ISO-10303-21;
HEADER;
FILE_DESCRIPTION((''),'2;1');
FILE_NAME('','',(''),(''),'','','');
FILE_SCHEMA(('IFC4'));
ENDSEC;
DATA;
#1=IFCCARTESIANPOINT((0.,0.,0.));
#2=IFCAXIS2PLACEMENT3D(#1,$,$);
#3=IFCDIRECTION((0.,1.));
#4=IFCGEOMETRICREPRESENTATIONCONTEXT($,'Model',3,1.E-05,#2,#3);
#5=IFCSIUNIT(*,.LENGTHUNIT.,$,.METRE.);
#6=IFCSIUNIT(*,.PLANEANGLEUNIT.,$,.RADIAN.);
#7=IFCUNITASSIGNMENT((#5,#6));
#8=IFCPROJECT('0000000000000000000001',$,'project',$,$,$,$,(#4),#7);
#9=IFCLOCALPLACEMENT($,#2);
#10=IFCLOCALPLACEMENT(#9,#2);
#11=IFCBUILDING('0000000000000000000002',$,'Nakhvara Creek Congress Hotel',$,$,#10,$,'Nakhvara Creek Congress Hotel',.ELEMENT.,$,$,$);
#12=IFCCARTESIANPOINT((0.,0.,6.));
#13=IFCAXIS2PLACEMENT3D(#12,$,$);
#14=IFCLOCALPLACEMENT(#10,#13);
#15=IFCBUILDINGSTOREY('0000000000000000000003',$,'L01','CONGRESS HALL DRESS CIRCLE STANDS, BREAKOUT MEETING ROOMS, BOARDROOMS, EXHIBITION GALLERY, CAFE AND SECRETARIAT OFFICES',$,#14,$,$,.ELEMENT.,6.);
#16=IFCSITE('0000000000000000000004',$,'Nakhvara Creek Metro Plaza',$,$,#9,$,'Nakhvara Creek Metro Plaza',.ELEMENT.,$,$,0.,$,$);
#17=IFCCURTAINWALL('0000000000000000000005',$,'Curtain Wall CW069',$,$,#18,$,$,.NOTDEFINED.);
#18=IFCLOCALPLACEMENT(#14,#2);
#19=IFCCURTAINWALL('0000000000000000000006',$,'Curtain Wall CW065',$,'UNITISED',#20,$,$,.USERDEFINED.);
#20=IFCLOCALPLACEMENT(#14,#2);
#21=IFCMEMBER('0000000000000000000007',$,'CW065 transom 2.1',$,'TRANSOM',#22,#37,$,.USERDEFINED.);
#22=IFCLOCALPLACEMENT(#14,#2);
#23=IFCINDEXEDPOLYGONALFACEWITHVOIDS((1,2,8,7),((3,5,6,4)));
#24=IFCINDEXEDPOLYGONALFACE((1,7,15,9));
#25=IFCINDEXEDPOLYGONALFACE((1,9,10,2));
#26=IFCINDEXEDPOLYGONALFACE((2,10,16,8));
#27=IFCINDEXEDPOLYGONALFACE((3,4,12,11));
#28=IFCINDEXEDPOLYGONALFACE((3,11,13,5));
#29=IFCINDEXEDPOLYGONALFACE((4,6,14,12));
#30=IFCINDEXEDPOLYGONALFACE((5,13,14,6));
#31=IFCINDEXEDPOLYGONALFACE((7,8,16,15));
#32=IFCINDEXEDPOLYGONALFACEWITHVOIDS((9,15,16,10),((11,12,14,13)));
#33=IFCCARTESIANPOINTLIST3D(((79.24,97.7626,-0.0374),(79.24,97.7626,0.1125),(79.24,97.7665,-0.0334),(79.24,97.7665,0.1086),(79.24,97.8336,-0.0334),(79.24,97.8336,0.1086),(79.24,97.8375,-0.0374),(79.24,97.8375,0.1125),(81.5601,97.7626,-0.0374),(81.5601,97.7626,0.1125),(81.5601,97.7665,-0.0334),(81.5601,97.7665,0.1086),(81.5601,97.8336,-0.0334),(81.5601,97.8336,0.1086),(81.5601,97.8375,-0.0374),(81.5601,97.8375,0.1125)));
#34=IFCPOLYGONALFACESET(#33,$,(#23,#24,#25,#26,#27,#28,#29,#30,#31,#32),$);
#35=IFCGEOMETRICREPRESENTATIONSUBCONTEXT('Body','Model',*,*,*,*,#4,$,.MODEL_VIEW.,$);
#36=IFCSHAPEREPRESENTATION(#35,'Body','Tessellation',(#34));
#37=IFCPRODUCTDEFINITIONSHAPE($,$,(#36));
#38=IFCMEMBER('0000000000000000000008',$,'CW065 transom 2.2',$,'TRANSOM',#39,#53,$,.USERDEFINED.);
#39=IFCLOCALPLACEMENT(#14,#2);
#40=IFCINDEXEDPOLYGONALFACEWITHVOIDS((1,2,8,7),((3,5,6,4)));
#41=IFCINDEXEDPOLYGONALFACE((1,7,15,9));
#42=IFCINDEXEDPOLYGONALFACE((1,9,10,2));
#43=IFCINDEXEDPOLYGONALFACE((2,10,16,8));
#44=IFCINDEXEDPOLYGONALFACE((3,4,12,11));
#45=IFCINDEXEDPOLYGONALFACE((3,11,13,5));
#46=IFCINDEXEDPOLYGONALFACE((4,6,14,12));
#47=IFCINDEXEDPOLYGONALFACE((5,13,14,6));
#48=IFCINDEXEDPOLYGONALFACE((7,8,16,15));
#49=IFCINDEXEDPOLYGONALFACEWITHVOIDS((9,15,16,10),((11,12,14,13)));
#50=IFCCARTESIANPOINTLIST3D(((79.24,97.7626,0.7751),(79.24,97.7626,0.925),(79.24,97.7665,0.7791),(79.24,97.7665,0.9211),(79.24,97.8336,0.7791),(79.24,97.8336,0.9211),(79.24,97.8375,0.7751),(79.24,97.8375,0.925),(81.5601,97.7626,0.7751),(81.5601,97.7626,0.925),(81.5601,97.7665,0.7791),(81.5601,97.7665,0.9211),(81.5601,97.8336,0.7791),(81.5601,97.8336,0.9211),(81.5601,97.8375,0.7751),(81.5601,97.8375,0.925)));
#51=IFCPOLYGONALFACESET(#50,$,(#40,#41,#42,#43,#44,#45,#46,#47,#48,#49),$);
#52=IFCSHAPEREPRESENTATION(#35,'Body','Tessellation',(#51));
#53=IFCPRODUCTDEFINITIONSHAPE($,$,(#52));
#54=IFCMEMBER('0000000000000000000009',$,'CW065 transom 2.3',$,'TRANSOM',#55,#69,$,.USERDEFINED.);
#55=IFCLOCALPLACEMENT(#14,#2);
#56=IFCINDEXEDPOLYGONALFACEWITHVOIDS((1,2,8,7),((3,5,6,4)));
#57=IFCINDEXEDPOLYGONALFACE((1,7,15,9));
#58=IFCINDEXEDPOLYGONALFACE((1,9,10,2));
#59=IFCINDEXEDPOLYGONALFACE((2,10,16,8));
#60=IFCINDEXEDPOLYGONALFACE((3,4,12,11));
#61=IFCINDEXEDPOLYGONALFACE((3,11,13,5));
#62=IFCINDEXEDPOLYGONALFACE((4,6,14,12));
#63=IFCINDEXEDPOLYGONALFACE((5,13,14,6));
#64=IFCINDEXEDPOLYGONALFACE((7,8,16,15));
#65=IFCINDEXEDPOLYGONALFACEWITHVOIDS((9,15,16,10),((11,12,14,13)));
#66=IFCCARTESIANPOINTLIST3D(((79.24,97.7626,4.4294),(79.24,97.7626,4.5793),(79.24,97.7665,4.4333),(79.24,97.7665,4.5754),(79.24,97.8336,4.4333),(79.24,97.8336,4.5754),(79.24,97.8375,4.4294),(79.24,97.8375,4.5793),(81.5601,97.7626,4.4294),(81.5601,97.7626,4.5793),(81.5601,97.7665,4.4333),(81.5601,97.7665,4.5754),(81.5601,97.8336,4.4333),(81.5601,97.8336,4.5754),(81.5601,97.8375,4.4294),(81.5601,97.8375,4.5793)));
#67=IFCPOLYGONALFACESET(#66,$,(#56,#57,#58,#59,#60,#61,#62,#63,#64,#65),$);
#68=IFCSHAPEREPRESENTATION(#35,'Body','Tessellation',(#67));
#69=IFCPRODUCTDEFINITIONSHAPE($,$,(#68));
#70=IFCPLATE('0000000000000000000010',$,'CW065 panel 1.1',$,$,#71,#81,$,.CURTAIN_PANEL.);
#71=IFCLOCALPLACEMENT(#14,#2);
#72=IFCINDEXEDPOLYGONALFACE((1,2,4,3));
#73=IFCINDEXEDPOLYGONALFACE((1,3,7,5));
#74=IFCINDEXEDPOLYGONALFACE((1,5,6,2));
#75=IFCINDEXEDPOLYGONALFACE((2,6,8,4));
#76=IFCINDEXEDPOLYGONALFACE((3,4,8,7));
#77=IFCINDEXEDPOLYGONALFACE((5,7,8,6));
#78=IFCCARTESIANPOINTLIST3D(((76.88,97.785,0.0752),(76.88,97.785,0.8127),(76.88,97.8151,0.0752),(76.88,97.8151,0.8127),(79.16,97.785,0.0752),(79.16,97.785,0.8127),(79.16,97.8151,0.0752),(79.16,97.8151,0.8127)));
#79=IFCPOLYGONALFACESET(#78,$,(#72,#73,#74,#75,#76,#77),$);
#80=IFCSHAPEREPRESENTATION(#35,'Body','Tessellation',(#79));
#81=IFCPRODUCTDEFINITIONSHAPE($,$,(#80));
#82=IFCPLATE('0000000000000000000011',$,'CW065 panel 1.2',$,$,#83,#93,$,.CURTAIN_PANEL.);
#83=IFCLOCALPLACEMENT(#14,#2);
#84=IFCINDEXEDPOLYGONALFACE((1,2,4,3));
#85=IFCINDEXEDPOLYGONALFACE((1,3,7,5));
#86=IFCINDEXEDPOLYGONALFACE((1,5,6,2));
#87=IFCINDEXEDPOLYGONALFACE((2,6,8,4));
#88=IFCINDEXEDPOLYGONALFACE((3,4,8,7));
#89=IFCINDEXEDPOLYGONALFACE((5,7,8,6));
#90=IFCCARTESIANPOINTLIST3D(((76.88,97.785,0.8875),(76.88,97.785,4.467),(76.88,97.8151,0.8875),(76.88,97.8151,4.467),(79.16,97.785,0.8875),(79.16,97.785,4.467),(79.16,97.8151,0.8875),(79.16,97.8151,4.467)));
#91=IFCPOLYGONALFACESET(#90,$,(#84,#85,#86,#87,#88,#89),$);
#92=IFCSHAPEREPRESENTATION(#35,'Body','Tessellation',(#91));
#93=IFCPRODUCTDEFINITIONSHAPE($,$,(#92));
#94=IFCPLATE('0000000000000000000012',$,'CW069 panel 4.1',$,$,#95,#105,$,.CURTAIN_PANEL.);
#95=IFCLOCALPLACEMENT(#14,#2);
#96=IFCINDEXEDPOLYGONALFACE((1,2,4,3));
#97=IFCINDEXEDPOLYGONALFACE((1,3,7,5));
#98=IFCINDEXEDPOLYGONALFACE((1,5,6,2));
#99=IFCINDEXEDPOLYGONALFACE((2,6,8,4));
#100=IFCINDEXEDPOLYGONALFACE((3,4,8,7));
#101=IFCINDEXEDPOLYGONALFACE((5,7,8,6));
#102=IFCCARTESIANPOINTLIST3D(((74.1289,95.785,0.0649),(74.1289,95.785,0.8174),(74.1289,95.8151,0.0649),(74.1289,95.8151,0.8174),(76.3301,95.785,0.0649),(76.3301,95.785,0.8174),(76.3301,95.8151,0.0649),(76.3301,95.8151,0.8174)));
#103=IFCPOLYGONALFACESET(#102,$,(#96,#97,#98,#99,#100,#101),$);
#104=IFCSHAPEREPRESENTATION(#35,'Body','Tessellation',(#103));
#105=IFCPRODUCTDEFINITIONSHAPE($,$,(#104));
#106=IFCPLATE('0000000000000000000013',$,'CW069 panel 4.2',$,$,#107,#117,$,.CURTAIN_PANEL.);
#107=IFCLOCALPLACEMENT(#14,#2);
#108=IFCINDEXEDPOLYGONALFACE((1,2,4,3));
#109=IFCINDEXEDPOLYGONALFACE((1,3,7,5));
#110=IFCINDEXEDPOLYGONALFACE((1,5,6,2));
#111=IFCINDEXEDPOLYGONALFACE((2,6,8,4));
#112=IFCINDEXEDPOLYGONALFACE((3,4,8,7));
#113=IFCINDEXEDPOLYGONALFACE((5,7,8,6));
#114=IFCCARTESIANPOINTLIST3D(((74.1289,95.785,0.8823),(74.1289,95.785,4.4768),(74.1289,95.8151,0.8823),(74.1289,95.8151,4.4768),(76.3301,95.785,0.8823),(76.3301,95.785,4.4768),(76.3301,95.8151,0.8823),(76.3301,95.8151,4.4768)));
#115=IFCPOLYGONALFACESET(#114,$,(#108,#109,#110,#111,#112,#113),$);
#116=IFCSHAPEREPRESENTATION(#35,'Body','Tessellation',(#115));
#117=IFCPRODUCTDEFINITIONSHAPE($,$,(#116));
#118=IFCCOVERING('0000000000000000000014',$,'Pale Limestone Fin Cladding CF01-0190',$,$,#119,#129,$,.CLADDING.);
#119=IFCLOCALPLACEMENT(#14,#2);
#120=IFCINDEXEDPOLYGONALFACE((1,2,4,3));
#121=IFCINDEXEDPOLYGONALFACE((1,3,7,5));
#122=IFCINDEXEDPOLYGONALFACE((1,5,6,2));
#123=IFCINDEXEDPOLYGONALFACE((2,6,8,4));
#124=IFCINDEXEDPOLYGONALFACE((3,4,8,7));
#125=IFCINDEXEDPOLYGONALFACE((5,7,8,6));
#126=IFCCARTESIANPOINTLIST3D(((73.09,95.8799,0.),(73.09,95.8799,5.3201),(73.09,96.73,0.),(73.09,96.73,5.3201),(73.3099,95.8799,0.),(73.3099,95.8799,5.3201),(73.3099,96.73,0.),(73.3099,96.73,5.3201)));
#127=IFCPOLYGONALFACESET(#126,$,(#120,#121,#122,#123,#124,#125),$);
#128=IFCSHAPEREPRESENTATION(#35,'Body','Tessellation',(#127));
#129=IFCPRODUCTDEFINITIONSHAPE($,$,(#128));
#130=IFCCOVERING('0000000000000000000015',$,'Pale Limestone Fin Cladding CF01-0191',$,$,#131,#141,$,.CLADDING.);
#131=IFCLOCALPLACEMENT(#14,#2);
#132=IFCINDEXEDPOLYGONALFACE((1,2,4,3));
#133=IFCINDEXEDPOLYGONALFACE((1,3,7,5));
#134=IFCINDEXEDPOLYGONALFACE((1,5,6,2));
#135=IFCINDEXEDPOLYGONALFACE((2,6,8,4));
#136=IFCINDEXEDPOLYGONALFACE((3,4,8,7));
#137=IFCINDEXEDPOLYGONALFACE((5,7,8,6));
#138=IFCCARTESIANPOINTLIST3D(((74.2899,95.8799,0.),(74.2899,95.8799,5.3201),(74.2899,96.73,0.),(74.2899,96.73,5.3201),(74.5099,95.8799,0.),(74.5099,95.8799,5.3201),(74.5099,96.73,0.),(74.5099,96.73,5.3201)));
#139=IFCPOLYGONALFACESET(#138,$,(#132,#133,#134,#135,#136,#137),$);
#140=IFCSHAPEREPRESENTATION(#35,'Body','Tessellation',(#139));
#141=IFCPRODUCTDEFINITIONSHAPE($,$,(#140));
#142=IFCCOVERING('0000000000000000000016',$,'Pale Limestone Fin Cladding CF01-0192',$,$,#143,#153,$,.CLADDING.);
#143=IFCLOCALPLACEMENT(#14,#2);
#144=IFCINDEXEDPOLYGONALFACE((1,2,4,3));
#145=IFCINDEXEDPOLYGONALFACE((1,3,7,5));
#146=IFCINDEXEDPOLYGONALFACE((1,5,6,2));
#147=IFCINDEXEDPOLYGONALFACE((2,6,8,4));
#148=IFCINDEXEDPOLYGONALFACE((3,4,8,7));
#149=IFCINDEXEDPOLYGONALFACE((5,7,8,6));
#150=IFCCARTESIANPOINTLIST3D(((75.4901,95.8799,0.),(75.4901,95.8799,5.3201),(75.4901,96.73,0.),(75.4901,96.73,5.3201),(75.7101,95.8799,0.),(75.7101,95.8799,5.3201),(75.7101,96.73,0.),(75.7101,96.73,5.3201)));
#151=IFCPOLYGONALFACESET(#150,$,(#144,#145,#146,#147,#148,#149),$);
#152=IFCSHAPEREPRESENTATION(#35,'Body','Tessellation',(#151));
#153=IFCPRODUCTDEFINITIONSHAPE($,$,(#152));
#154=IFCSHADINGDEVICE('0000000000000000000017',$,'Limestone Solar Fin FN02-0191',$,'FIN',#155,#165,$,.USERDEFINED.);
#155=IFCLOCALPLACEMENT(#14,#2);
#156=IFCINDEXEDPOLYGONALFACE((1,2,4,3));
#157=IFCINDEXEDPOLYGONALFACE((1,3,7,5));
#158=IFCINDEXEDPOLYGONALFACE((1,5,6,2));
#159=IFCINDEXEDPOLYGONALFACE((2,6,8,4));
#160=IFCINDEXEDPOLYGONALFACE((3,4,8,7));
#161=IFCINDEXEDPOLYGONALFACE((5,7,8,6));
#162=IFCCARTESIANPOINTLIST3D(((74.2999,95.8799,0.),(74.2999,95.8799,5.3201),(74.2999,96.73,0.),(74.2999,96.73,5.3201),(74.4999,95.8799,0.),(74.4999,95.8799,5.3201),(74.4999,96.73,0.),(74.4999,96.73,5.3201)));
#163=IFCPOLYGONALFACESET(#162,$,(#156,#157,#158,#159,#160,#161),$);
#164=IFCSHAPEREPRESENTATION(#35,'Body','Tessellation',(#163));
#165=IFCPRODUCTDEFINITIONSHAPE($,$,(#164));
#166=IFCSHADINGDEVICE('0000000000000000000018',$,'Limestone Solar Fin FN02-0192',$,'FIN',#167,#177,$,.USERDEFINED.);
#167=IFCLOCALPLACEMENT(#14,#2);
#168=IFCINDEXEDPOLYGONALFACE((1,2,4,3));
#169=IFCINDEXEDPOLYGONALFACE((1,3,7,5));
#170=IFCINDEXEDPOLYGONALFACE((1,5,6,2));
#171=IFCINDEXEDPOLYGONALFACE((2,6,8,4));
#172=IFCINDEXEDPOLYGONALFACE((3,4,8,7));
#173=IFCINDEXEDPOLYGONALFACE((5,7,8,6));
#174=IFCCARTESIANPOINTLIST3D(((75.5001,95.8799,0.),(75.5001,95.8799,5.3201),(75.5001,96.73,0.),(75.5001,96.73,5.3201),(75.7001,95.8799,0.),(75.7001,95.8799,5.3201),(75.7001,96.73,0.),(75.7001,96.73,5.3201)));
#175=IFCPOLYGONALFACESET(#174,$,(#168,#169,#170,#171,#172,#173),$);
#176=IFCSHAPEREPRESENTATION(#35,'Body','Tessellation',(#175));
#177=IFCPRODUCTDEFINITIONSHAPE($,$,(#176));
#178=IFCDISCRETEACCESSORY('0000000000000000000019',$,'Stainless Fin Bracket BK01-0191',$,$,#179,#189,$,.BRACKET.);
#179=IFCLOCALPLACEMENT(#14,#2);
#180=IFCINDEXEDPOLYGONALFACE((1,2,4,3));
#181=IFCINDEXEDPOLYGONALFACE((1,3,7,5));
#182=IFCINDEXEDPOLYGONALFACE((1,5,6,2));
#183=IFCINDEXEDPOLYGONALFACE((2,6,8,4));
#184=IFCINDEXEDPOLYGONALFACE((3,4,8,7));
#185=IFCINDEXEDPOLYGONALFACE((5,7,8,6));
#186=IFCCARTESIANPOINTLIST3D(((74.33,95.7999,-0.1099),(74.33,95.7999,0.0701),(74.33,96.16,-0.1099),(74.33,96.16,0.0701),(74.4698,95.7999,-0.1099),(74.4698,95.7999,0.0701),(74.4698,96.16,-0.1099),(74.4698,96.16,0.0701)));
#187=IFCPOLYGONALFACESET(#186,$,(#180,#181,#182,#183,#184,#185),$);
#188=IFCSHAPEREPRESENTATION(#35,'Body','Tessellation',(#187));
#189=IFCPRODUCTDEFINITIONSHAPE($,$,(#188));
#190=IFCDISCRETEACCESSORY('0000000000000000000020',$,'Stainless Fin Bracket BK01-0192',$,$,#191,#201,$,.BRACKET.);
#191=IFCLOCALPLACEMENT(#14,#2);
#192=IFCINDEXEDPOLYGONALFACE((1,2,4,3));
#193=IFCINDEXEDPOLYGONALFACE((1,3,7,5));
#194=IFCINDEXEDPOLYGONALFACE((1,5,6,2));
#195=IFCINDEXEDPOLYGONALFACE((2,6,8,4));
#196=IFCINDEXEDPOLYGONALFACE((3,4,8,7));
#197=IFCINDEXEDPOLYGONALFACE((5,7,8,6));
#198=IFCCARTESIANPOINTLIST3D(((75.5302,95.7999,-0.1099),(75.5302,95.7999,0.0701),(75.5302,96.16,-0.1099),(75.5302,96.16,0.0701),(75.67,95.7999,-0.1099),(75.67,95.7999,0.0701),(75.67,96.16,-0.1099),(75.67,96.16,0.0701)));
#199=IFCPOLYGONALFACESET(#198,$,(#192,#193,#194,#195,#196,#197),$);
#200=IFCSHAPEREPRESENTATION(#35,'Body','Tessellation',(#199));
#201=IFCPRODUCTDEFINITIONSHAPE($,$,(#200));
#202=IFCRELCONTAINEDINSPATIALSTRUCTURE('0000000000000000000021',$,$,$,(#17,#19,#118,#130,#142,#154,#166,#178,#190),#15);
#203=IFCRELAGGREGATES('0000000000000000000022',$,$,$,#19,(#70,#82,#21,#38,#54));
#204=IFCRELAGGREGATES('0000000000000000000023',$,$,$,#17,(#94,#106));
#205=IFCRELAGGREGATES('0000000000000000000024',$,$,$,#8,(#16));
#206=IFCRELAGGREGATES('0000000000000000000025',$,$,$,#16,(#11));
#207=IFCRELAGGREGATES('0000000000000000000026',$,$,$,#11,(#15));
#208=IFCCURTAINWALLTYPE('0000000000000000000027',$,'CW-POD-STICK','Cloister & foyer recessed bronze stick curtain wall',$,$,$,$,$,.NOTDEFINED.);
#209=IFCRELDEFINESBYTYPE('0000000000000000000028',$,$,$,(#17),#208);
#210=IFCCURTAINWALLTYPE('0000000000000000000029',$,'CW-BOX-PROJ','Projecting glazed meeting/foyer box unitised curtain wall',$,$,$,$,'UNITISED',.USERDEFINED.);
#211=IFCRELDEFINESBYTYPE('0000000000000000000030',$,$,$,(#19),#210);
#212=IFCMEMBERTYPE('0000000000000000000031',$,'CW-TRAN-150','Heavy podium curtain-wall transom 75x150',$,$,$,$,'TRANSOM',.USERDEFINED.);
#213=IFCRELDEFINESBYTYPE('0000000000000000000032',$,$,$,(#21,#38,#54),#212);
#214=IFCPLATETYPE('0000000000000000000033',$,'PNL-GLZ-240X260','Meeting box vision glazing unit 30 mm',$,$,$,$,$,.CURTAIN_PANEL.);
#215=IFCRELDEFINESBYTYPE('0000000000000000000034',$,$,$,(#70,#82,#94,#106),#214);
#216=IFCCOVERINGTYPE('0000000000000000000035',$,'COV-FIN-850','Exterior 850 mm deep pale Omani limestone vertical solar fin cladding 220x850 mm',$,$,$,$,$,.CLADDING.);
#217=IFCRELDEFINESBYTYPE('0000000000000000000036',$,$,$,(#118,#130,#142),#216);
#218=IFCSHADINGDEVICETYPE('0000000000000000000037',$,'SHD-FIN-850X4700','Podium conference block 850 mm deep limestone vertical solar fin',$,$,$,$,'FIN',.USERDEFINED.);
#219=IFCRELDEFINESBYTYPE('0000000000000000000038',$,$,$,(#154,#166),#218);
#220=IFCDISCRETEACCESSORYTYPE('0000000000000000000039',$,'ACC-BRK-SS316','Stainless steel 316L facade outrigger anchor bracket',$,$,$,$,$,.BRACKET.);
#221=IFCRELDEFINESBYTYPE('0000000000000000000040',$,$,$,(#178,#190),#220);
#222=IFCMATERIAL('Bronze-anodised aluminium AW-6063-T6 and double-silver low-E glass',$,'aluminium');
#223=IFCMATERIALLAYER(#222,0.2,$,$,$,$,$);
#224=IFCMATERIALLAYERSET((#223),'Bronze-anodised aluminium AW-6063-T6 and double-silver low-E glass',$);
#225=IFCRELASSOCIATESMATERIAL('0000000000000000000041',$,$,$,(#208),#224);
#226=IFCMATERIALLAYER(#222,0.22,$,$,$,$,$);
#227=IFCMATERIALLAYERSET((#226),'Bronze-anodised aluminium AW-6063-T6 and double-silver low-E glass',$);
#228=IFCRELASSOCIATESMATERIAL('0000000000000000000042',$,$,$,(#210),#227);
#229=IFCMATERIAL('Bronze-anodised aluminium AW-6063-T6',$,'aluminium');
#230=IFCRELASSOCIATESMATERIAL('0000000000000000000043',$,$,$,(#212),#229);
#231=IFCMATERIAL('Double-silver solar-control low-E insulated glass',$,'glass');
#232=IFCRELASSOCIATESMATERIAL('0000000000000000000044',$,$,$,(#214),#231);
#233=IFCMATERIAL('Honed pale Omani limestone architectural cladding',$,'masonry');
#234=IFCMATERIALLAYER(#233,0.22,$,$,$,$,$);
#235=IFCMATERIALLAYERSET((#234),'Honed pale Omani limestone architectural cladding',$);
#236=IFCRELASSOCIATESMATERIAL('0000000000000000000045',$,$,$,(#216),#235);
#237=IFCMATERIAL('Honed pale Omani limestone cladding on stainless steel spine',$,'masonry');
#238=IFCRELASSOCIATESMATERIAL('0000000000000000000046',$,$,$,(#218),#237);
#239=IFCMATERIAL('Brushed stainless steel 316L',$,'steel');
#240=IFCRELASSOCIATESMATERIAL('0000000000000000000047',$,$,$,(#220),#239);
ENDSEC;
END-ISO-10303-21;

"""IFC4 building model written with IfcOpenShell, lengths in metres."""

from ifc_helpers import new_model, si_unit, direction, frame, origin, origin_2d, place, context, subcontext, project, spatial, rectangle, hollow_rectangle, extrude, material, layer, layer_set, material_profile, profile_set, type_object, element, aggregate, save


model = new_model("IFC4")

# Units and contexts
model_context = context("Model", 3, precision=1e-05, world=origin(), true_north=direction((0.0, 1.0)))
body_context = subcontext(model_context, "Body", "Model", "MODEL_VIEW")
ifc_project = project(units=[si_unit("LENGTHUNIT", "METRE"), si_unit("PLANEANGLEUNIT", "RADIAN")], contexts=[model_context])

# Site, building, storey
site_placement = place(None, origin())
site = spatial("IfcSite", under=ifc_project, at=site_placement, Name="Nakhvara Creek Metro Plaza", LongName="Nakhvara Creek Metro Plaza", CompositionType="ELEMENT", RefElevation=0.0)
building_placement = place(site_placement, origin())
building = spatial("IfcBuilding", under=site, at=building_placement, Name="Nakhvara Creek Congress Hotel", LongName="Nakhvara Creek Congress Hotel", CompositionType="ELEMENT")
storey_placement = place(building_placement, frame((0.0, 0.0, 6.0)))
storey = spatial("IfcBuildingStorey", under=building, at=storey_placement, Name="L01", Description="CONGRESS HALL DRESS CIRCLE STANDS, BREAKOUT MEETING ROOMS, BOARDROOMS, EXHIBITION GALLERY, CAFE AND SECRETARIAT OFFICES", CompositionType="ELEMENT", Elevation=6.0)

# Curtain walls
ifc_material_1 = material(Name="Bronze-anodised aluminium AW-6063-T6 and double-silver low-E glass", Category="aluminium")
ifc_layer_1 = layer(ifc_material_1, 0.2)
ifc_layer_set_1 = layer_set([ifc_layer_1], Name="Bronze-anodised aluminium AW-6063-T6 and double-silver low-E glass")
curtain_wall_type_1 = type_object("IfcCurtainWallType", Name="CW-POD-STICK", Description="Cloister & foyer recessed bronze stick curtain wall", PredefinedType="NOTDEFINED", material=ifc_layer_set_1)
curtain_wall_1_placement = place(storey_placement, origin())
curtain_wall_1 = element("IfcCurtainWall", 1, at=curtain_wall_1_placement, inside=storey, type_object=curtain_wall_type_1, Name="Curtain Wall CW069", PredefinedType="NOTDEFINED")
ifc_material_2 = material(Name="Bronze-anodised aluminium AW-6063-T6", Category="aluminium")
ifc_layer_2 = layer(ifc_material_1, 0.22)
ifc_layer_set_2 = layer_set([ifc_layer_2], Name="Bronze-anodised aluminium AW-6063-T6 and double-silver low-E glass")
curtain_wall_type_2 = type_object("IfcCurtainWallType", Name="CW-BOX-PROJ", Description="Projecting glazed meeting/foyer box unitised curtain wall", ElementType="UNITISED", PredefinedType="USERDEFINED", material=ifc_layer_set_2)
curtain_wall_2_placement = place(storey_placement, origin())
curtain_wall_2 = element("IfcCurtainWall", 2, at=curtain_wall_2_placement, inside=storey, type_object=curtain_wall_type_2, Name="Curtain Wall CW065", ObjectType="UNITISED", PredefinedType="USERDEFINED")

# Members
ifc_material_profile_1 = material_profile(ifc_material_2, hollow_rectangle(XDim=0.075, YDim=0.1499, WallThickness=0.0039, at=origin_2d()), Name="ALU-TRAN 75x150x4", Category="LoadBearing")
ifc_profile_set_1 = profile_set([ifc_material_profile_1], Name="Bronze-anodised aluminium AW-6063-T6")
member_type_1 = type_object("IfcMemberType", Name="CW-TRAN-150", Description="Heavy podium curtain-wall transom 75x150", ElementType="TRANSOM", PredefinedType="USERDEFINED", material=ifc_profile_set_1)
member_1_placement = place(storey_placement, frame((79.24, 97.8, 0.0376), z_axis=(1.0, 0.0, 0.0), x_axis=(0.0, 1.0, 0.0)))
member_1 = element("IfcMember", 3, at=member_1_placement, type_object=member_type_1, Name="CW065 transom 2.1", ObjectType="TRANSOM", PredefinedType="USERDEFINED", context=body_context, shape_type="SweptSolid", body=[
    extrude(hollow_rectangle(XDim=0.075, YDim=0.1499, WallThickness=0.0039, at=origin_2d()), origin(), (0.0, 0.0, 1.0), 2.3201),
])
member_2_placement = place(storey_placement, frame((79.24, 97.8, 0.8501), z_axis=(1.0, 0.0, 0.0), x_axis=(0.0, 1.0, 0.0)))
member_2 = element("IfcMember", 4, at=member_2_placement, type_object=member_type_1, Name="CW065 transom 2.2", ObjectType="TRANSOM", PredefinedType="USERDEFINED", context=body_context, shape_type="SweptSolid", body=[
    extrude(hollow_rectangle(XDim=0.075, YDim=0.1499, WallThickness=0.0039, at=origin_2d()), origin(), (0.0, 0.0, 1.0), 2.3201),
])
member_3_placement = place(storey_placement, frame((79.24, 97.8, 4.5044), z_axis=(1.0, 0.0, 0.0), x_axis=(0.0, 1.0, 0.0)))
member_3 = element("IfcMember", 5, at=member_3_placement, type_object=member_type_1, Name="CW065 transom 2.3", ObjectType="TRANSOM", PredefinedType="USERDEFINED", context=body_context, shape_type="SweptSolid", body=[
    extrude(hollow_rectangle(XDim=0.075, YDim=0.1499, WallThickness=0.0039, at=origin_2d()), origin(), (0.0, 0.0, 1.0), 2.3201),
])

# Plates
ifc_material_3 = material(Name="Double-silver solar-control low-E insulated glass", Category="glass")
plate_type = type_object("IfcPlateType", Name="PNL-GLZ-240X260", Description="Meeting box vision glazing unit 30 mm", PredefinedType="CURTAIN_PANEL", material=ifc_material_3)
plate_1_placement = place(storey_placement, frame((78.02, 97.8, 0.0752), z_axis=(0.0, 0.0, 1.0), x_axis=(1.0, 0.0, 0.0)))
plate_1 = element("IfcPlate", 6, at=plate_1_placement, type_object=plate_type, Name="CW065 panel 1.1", PredefinedType="CURTAIN_PANEL", context=body_context, shape_type="SweptSolid", body=[
    extrude(rectangle(XDim=2.28, YDim=0.03, at=origin_2d()), origin(), (0.0, 0.0, 1.0), 0.7375),
])
plate_2_placement = place(storey_placement, frame((78.02, 97.8, 0.8875), z_axis=(0.0, 0.0, 1.0), x_axis=(1.0, 0.0, 0.0)))
plate_2 = element("IfcPlate", 7, at=plate_2_placement, type_object=plate_type, Name="CW065 panel 1.2", PredefinedType="CURTAIN_PANEL", context=body_context, shape_type="SweptSolid", body=[
    extrude(rectangle(XDim=2.28, YDim=0.03, at=origin_2d()), origin(), (0.0, 0.0, 1.0), 3.5796),
])
aggregate(curtain_wall_2, [plate_1, plate_2, member_1, member_2, member_3])
plate_3_placement = place(storey_placement, frame((75.2295, 95.8, 0.0649), z_axis=(0.0, 0.0, 1.0), x_axis=(1.0, 0.0, 0.0)))
plate_3 = element("IfcPlate", 8, at=plate_3_placement, type_object=plate_type, Name="CW069 panel 4.1", PredefinedType="CURTAIN_PANEL", context=body_context, shape_type="SweptSolid", body=[
    extrude(rectangle(XDim=2.2012, YDim=0.03, at=origin_2d()), origin(), (0.0, 0.0, 1.0), 0.7524),
])
plate_4_placement = place(storey_placement, frame((75.2295, 95.8, 0.8823), z_axis=(0.0, 0.0, 1.0), x_axis=(1.0, 0.0, 0.0)))
plate_4 = element("IfcPlate", 9, at=plate_4_placement, type_object=plate_type, Name="CW069 panel 4.2", PredefinedType="CURTAIN_PANEL", context=body_context, shape_type="SweptSolid", body=[
    extrude(rectangle(XDim=2.2012, YDim=0.03, at=origin_2d()), origin(), (0.0, 0.0, 1.0), 3.5945),
])
aggregate(curtain_wall_1, [plate_3, plate_4])

# Coverings
ifc_material_4 = material(Name="Honed pale Omani limestone architectural cladding", Category="masonry")
ifc_layer_3 = layer(ifc_material_4, 0.22)
ifc_layer_set_3 = layer_set([ifc_layer_3], Name="Honed pale Omani limestone architectural cladding")
covering_type = type_object("IfcCoveringType", Name="COV-FIN-850", Description="Exterior 850 mm deep pale Omani limestone vertical solar fin cladding 220x850 mm", PredefinedType="CLADDING", material=ifc_layer_set_3)
for number, where, z_axis, x_axis, name in (
    (10, (73.2, 96.3049, 0.0), (0.0, 0.0, 1.0), (1.0, 0.0, 0.0), "Pale Limestone Fin Cladding CF01-0190"),
    (11, (74.3999, 96.3049, 0.0), (0.0, 0.0, 1.0), (1.0, 0.0, 0.0), "Pale Limestone Fin Cladding CF01-0191"),
    (12, (75.6001, 96.3049, 0.0), (0.0, 0.0, 1.0), (1.0, 0.0, 0.0), "Pale Limestone Fin Cladding CF01-0192"),
):
    element("IfcCovering", number, at=place(storey_placement, frame(where, z_axis=z_axis, x_axis=x_axis)), inside=storey, type_object=covering_type, Name=name, PredefinedType="CLADDING", context=body_context, shape_type="SweptSolid", body=[
        extrude(rectangle(XDim=0.22, YDim=0.8501, at=origin_2d()), origin(), (0.0, 0.0, 1.0), 5.3201),
    ])

# Shading devices
ifc_material_5 = material(Name="Honed pale Omani limestone cladding on stainless steel spine", Category="masonry")
shading_device_type = type_object("IfcShadingDeviceType", Name="SHD-FIN-850X4700", Description="Podium conference block 850 mm deep limestone vertical solar fin", ElementType="FIN", PredefinedType="USERDEFINED", material=ifc_material_5)
for number, where, z_axis, x_axis, name in (
    (13, (74.3999, 96.3049, 0.0), (0.0, 0.0, 1.0), (1.0, 0.0, 0.0), "Limestone Solar Fin FN02-0191"),
    (14, (75.6001, 96.3049, 0.0), (0.0, 0.0, 1.0), (1.0, 0.0, 0.0), "Limestone Solar Fin FN02-0192"),
):
    element("IfcShadingDevice", number, at=place(storey_placement, frame(where, z_axis=z_axis, x_axis=x_axis)), inside=storey, type_object=shading_device_type, Name=name, ObjectType="FIN", PredefinedType="USERDEFINED", context=body_context, shape_type="SweptSolid", body=[
        extrude(rectangle(XDim=0.2, YDim=0.8501, at=origin_2d()), origin(), (0.0, 0.0, 1.0), 5.3201),
    ])

# Discrete accessories
ifc_material_6 = material(Name="Brushed stainless steel 316L", Category="steel")
discrete_accessory_type = type_object("IfcDiscreteAccessoryType", Name="ACC-BRK-SS316", Description="Stainless steel 316L facade outrigger anchor bracket", PredefinedType="BRACKET", material=ifc_material_6)
for number, where, z_axis, x_axis, name in (
    (15, (74.3999, 95.98, -0.1099), (0.0, 0.0, 1.0), (1.0, 0.0, 0.0), "Stainless Fin Bracket BK01-0191"),
    (16, (75.6001, 95.98, -0.1099), (0.0, 0.0, 1.0), (1.0, 0.0, 0.0), "Stainless Fin Bracket BK01-0192"),
):
    element("IfcDiscreteAccessory", number, at=place(storey_placement, frame(where, z_axis=z_axis, x_axis=x_axis)), inside=storey, type_object=discrete_accessory_type, Name=name, PredefinedType="BRACKET", context=body_context, shape_type="SweptSolid", body=[
        extrude(rectangle(XDim=0.1399, YDim=0.3601, at=origin_2d()), origin(), (0.0, 0.0, 1.0), 0.1799),
    ])

save(model, "model.ifc")
